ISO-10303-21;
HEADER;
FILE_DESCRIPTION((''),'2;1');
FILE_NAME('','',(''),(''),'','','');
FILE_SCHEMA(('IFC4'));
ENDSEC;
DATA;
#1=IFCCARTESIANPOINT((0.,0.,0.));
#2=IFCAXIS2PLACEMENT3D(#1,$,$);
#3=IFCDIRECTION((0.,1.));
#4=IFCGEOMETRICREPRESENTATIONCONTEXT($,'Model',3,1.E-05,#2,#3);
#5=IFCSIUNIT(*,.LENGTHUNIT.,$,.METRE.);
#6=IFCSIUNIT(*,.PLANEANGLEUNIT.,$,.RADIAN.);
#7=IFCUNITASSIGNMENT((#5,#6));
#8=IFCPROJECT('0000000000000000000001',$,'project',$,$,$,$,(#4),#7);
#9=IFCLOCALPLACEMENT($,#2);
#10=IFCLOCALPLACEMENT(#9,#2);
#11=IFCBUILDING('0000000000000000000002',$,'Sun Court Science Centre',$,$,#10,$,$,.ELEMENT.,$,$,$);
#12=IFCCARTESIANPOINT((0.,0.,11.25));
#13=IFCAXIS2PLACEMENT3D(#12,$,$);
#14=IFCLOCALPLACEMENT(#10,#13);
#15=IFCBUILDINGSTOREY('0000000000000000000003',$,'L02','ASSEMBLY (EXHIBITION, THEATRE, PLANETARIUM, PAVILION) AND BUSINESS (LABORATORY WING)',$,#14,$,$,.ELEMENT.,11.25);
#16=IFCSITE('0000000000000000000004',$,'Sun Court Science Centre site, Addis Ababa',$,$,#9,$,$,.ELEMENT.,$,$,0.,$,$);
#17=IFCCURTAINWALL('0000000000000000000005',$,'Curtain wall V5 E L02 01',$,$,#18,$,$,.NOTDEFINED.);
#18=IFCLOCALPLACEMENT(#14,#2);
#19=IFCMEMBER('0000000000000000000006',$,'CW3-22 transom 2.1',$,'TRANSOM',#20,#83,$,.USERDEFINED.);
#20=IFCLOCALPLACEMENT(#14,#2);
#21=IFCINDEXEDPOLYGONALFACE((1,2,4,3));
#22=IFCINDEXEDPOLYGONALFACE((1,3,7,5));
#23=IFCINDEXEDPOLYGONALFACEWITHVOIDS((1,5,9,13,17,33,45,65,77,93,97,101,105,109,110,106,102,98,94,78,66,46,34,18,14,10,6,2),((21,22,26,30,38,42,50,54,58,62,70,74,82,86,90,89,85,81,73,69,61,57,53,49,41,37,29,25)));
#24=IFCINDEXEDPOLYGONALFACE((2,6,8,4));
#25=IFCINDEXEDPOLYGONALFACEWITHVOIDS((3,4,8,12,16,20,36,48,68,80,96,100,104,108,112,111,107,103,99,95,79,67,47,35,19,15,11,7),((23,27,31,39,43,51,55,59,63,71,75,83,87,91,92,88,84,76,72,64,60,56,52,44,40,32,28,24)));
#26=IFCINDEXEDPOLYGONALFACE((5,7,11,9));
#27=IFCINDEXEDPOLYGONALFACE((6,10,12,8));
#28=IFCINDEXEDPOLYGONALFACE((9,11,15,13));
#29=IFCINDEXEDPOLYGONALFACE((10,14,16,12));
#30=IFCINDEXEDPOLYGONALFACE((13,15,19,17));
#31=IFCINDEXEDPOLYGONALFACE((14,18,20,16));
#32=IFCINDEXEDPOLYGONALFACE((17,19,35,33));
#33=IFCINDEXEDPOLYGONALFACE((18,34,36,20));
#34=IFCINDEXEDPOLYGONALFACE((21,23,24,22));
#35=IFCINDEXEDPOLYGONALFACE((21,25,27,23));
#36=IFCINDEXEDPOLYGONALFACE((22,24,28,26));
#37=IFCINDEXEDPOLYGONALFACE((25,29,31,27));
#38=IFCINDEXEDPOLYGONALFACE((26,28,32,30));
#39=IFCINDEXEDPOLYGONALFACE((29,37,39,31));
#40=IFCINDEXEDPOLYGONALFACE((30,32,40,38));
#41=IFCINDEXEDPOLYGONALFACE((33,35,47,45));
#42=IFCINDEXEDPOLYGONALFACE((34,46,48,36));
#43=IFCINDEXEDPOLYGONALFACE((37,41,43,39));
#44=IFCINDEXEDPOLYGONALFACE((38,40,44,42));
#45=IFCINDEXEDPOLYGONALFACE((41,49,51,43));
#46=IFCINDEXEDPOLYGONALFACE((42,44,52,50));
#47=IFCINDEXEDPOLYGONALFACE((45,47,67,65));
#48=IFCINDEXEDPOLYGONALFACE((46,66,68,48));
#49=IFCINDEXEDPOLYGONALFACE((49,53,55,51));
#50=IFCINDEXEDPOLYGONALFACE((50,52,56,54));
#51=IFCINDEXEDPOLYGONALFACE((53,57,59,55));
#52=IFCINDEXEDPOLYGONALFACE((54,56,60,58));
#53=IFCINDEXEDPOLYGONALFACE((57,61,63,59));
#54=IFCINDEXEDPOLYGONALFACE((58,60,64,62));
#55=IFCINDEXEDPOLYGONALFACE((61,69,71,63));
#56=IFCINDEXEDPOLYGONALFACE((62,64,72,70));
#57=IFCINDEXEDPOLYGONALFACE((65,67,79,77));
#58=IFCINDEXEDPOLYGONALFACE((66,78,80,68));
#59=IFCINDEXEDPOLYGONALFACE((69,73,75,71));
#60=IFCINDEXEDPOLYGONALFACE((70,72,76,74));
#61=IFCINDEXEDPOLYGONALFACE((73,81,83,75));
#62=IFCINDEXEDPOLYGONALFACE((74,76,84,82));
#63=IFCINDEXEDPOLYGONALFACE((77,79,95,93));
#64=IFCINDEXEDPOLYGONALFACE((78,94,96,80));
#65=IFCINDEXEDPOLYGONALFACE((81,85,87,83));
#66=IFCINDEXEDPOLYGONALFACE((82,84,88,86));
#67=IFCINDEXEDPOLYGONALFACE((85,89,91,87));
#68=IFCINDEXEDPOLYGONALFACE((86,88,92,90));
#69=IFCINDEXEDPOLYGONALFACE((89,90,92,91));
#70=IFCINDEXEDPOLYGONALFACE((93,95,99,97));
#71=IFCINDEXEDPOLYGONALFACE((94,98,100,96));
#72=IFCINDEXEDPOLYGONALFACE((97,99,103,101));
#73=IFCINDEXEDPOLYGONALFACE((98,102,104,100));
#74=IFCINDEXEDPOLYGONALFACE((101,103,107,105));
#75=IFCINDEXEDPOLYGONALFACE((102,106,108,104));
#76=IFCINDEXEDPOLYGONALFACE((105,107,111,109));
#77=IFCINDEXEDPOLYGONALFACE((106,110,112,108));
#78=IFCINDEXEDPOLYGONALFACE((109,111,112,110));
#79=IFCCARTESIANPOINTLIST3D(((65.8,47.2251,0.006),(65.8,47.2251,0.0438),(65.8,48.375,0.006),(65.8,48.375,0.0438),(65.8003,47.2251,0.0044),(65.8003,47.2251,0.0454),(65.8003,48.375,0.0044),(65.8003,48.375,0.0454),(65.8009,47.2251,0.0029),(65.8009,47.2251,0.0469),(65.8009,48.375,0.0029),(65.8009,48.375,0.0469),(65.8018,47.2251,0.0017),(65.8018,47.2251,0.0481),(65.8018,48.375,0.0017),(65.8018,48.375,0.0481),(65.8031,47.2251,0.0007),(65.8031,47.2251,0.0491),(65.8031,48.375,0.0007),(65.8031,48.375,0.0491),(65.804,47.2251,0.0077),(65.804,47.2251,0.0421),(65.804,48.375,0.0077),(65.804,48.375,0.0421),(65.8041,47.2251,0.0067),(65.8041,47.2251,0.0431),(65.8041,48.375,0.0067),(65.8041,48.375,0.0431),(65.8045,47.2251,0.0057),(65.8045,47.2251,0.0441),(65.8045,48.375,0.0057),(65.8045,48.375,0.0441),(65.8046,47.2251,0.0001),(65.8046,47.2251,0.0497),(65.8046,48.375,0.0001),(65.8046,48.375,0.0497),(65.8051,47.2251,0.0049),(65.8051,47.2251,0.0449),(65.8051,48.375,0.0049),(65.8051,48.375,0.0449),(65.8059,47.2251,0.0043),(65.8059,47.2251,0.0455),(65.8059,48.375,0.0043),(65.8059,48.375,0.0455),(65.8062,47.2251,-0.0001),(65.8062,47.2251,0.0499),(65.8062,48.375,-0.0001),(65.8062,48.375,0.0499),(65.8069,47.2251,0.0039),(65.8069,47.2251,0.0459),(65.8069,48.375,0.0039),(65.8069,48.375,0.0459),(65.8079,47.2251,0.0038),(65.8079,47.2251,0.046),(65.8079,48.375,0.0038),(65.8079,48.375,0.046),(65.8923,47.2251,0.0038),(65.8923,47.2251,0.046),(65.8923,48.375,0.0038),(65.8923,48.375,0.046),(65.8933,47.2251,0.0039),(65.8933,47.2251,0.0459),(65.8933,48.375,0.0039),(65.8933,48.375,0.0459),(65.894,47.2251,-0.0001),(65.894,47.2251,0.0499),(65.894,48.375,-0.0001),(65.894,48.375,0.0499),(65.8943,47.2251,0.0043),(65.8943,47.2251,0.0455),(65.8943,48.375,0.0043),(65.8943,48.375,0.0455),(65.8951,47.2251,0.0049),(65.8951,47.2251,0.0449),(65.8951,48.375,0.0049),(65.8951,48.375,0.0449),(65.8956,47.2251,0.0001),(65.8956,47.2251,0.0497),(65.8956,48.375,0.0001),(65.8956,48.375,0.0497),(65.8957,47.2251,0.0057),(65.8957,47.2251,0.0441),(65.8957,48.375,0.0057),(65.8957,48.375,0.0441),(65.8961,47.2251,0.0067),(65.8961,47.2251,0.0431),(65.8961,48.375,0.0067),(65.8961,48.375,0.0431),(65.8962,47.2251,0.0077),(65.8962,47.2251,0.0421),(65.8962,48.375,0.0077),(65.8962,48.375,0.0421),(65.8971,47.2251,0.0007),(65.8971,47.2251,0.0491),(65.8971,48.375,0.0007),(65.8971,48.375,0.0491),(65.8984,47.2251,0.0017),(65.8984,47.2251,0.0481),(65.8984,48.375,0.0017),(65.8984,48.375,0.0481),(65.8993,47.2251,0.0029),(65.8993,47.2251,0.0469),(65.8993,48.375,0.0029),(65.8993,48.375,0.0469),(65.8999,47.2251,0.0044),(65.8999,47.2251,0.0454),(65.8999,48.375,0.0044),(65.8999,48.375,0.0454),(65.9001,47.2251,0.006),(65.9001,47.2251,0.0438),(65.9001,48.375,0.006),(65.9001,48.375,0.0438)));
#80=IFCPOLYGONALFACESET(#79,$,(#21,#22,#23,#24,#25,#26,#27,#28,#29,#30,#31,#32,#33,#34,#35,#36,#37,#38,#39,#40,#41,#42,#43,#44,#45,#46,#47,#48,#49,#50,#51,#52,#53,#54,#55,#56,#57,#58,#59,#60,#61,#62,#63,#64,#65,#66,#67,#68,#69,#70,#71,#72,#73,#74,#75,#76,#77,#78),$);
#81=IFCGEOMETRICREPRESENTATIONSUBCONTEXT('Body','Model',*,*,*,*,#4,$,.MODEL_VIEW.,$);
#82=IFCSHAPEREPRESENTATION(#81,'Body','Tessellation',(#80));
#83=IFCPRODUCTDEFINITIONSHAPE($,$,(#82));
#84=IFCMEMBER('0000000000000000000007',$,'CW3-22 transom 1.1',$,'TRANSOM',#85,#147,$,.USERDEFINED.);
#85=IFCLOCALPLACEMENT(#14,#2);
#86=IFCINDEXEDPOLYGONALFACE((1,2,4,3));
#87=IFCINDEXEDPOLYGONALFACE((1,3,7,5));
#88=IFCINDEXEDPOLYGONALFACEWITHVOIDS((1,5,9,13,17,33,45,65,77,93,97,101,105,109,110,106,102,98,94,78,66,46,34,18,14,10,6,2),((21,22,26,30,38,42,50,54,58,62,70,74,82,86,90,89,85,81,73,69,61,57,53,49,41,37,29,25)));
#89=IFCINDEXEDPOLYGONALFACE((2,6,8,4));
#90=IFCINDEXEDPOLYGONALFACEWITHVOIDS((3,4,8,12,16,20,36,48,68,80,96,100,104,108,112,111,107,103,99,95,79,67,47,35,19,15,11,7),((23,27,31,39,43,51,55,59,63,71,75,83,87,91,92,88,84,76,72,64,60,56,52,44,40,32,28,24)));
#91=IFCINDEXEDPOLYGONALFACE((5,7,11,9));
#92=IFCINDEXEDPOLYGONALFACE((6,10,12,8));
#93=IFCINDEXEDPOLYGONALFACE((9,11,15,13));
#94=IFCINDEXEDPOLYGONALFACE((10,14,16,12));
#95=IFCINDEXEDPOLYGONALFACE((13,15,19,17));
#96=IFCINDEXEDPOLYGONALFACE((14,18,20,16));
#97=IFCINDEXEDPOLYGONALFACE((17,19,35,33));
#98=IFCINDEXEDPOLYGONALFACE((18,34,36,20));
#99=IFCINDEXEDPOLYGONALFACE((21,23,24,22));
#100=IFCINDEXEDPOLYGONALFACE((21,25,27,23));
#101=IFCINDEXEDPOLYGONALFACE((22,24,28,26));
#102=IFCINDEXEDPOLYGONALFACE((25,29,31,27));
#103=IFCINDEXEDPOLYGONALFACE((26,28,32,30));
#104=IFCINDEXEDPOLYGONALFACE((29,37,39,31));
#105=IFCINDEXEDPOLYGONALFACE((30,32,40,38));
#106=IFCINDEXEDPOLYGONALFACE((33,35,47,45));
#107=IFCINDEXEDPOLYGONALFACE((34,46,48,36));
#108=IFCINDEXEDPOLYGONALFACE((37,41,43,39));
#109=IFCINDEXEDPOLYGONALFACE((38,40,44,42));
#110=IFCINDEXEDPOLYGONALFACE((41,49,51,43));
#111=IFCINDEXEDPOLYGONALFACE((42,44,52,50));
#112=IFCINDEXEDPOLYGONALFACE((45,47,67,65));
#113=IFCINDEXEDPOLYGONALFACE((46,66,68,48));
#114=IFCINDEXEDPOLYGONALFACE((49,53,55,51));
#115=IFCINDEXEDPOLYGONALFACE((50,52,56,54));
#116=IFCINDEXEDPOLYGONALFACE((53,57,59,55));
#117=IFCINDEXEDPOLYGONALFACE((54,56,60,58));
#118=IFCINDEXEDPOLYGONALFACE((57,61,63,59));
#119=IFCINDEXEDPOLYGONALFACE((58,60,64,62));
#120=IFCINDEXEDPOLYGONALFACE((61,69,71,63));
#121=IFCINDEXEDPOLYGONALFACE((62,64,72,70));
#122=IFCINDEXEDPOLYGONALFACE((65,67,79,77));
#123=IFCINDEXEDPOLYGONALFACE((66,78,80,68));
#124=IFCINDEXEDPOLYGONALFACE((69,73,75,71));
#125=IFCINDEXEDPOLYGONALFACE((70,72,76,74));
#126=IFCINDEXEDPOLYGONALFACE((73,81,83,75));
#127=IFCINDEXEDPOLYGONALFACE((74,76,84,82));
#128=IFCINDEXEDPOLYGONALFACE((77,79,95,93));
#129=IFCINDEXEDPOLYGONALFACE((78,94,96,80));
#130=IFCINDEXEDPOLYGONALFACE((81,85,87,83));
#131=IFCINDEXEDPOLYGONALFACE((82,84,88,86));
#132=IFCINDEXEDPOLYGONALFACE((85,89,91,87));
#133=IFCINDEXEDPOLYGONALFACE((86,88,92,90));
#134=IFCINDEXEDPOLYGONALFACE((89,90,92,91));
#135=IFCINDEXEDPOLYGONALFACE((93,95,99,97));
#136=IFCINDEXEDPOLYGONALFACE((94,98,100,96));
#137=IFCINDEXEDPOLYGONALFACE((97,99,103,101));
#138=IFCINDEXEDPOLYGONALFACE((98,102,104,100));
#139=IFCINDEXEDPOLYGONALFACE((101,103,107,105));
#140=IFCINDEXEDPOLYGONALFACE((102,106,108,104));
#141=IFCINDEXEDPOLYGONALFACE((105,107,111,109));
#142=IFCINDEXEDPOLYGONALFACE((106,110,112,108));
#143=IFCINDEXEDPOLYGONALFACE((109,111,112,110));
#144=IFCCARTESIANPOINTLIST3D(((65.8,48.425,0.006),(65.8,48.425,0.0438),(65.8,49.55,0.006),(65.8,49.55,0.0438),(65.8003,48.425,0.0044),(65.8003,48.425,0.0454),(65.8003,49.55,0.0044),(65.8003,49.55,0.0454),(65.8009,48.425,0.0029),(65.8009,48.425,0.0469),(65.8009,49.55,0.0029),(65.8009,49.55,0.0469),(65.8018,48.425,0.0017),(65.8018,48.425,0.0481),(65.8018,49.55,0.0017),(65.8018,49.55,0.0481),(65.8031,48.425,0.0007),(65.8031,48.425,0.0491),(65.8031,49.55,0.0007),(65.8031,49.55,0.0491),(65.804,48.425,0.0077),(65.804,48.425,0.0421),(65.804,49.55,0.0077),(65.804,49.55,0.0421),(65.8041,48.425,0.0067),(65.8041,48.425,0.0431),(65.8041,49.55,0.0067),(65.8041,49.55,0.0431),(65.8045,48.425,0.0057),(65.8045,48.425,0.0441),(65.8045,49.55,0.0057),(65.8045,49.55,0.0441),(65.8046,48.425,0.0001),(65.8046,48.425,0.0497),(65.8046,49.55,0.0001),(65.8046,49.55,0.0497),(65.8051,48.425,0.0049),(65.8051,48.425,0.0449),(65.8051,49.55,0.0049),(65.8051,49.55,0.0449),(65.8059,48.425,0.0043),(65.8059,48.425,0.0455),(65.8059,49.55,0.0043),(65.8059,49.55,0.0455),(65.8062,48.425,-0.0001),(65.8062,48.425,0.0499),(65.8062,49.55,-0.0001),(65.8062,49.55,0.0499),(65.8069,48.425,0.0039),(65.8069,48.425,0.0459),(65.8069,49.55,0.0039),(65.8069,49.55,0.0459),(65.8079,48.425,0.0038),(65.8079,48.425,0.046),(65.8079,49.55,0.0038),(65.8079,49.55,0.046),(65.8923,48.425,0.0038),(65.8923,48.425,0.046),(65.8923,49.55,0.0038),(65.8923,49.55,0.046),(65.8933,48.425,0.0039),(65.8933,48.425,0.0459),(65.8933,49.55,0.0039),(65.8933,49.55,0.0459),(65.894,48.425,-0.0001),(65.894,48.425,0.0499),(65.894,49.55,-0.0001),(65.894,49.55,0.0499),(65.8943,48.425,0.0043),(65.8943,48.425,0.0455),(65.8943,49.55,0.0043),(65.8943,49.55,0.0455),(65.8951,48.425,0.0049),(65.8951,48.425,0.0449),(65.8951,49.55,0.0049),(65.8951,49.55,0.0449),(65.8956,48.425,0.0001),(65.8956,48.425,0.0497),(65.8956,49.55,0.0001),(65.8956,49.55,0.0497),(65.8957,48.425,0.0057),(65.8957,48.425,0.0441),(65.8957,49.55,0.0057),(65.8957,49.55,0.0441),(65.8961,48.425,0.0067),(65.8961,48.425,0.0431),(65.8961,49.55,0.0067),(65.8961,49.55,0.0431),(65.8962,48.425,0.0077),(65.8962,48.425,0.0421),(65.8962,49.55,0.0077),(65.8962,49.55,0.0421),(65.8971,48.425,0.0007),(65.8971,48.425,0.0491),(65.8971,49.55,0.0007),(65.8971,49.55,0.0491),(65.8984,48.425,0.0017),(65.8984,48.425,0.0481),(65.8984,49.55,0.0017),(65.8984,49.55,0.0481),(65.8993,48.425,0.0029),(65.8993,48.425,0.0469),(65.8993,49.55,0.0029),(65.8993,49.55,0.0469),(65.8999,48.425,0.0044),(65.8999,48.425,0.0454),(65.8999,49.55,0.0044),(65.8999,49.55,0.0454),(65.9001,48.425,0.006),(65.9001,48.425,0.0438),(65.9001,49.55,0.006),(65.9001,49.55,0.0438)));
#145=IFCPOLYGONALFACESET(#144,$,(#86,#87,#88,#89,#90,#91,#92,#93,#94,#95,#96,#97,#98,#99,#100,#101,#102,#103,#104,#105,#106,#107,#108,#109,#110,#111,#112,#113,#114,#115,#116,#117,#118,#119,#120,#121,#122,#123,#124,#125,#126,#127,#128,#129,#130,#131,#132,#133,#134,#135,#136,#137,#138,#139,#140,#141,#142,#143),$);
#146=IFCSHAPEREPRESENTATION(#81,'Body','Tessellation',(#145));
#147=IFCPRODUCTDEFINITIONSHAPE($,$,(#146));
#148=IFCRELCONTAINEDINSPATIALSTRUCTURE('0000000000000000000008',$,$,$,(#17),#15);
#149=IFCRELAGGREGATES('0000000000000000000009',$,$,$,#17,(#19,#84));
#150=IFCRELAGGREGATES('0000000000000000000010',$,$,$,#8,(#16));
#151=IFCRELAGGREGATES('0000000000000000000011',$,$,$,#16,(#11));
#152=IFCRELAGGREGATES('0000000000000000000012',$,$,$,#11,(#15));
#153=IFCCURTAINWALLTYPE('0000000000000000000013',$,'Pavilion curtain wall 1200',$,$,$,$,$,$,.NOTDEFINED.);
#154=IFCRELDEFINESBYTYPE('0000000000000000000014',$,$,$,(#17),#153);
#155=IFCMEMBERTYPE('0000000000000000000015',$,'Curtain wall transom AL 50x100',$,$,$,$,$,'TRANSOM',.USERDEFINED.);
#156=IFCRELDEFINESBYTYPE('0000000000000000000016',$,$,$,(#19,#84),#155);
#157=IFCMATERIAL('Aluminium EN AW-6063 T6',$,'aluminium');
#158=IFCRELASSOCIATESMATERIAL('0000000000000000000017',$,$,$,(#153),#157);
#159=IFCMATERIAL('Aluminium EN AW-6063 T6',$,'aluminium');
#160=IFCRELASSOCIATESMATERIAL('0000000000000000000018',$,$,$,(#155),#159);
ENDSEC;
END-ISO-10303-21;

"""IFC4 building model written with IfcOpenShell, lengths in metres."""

from ifc_helpers import new_model, si_unit, direction, frame, origin, origin_2d, place, context, subcontext, project, spatial, hollow_rectangle, extrude, material, material_profile, profile_set, type_object, element, aggregate, save


model = new_model("IFC4")

# Units and contexts
model_context = context("Model", 3, precision=1e-05, world=origin(), true_north=direction((0.0, 1.0)))
body_context = subcontext(model_context, "Body", "Model", "MODEL_VIEW")
ifc_project = project(units=[si_unit("LENGTHUNIT", "METRE"), si_unit("PLANEANGLEUNIT", "RADIAN")], contexts=[model_context])

# Site, building, storey
site_placement = place(None, origin())
site = spatial("IfcSite", under=ifc_project, at=site_placement, Name="Sun Court Science Centre site, Addis Ababa", CompositionType="ELEMENT", RefElevation=0.0)
building_placement = place(site_placement, origin())
building = spatial("IfcBuilding", under=site, at=building_placement, Name="Sun Court Science Centre", CompositionType="ELEMENT")
storey_placement = place(building_placement, frame((0.0, 0.0, 11.25)))
storey = spatial("IfcBuildingStorey", under=building, at=storey_placement, Name="L02", Description="ASSEMBLY (EXHIBITION, THEATRE, PLANETARIUM, PAVILION) AND BUSINESS (LABORATORY WING)", CompositionType="ELEMENT", Elevation=11.25)

# Curtain wall, members
ifc_material_1 = material(Name="Aluminium EN AW-6063 T6", Category="aluminium")
curtain_wall_type = type_object("IfcCurtainWallType", Name="Pavilion curtain wall 1200", PredefinedType="NOTDEFINED", material=ifc_material_1)
curtain_wall_placement = place(storey_placement, origin())
curtain_wall = element("IfcCurtainWall", 1, at=curtain_wall_placement, inside=storey, type_object=curtain_wall_type, Name="Curtain wall V5 E L02 01", PredefinedType="NOTDEFINED")
ifc_material_2 = material(Name="Aluminium EN AW-6063 T6", Category="aluminium")
ifc_material_profile_1 = material_profile(ifc_material_2, hollow_rectangle(XDim=0.05, YDim=0.1001, WallThickness=0.0039, InnerFilletRadius=0.0039, OuterFilletRadius=0.0061, at=origin_2d()), Name="AL 50x100x4")
ifc_profile_set_1 = profile_set([ifc_material_profile_1], Name="Aluminium EN AW-6063 T6")
member_type_1 = type_object("IfcMemberType", Name="Curtain wall transom AL 50x100", ElementType="TRANSOM", PredefinedType="USERDEFINED", material=ifc_profile_set_1)
member_1_placement = place(storey_placement, frame((65.8501, 48.375, 0.0249), z_axis=(0.0, -1.0, 0.0), x_axis=(0.0, 0.0, 1.0)))
member_1 = element("IfcMember", 2, at=member_1_placement, type_object=member_type_1, Name="CW3-22 transom 2.1", ObjectType="TRANSOM", PredefinedType="USERDEFINED", context=body_context, shape_type="SweptSolid", body=[
    extrude(hollow_rectangle(XDim=0.05, YDim=0.1001, WallThickness=0.0039, InnerFilletRadius=0.0039, OuterFilletRadius=0.0061, at=origin_2d()), origin(), (0.0, 0.0, 1.0), 1.1499),
])
member_2_placement = place(storey_placement, frame((65.8501, 49.55, 0.0249), z_axis=(0.0, -1.0, 0.0), x_axis=(0.0, 0.0, 1.0)))
member_2 = element("IfcMember", 3, at=member_2_placement, type_object=member_type_1, Name="CW3-22 transom 1.1", ObjectType="TRANSOM", PredefinedType="USERDEFINED", context=body_context, shape_type="SweptSolid", body=[
    extrude(hollow_rectangle(XDim=0.05, YDim=0.1001, WallThickness=0.0039, InnerFilletRadius=0.0039, OuterFilletRadius=0.0061, at=origin_2d()), origin(), (0.0, 0.0, 1.0), 1.125),
])
aggregate(curtain_wall, [member_1, member_2])

save(model, "model.ifc")
